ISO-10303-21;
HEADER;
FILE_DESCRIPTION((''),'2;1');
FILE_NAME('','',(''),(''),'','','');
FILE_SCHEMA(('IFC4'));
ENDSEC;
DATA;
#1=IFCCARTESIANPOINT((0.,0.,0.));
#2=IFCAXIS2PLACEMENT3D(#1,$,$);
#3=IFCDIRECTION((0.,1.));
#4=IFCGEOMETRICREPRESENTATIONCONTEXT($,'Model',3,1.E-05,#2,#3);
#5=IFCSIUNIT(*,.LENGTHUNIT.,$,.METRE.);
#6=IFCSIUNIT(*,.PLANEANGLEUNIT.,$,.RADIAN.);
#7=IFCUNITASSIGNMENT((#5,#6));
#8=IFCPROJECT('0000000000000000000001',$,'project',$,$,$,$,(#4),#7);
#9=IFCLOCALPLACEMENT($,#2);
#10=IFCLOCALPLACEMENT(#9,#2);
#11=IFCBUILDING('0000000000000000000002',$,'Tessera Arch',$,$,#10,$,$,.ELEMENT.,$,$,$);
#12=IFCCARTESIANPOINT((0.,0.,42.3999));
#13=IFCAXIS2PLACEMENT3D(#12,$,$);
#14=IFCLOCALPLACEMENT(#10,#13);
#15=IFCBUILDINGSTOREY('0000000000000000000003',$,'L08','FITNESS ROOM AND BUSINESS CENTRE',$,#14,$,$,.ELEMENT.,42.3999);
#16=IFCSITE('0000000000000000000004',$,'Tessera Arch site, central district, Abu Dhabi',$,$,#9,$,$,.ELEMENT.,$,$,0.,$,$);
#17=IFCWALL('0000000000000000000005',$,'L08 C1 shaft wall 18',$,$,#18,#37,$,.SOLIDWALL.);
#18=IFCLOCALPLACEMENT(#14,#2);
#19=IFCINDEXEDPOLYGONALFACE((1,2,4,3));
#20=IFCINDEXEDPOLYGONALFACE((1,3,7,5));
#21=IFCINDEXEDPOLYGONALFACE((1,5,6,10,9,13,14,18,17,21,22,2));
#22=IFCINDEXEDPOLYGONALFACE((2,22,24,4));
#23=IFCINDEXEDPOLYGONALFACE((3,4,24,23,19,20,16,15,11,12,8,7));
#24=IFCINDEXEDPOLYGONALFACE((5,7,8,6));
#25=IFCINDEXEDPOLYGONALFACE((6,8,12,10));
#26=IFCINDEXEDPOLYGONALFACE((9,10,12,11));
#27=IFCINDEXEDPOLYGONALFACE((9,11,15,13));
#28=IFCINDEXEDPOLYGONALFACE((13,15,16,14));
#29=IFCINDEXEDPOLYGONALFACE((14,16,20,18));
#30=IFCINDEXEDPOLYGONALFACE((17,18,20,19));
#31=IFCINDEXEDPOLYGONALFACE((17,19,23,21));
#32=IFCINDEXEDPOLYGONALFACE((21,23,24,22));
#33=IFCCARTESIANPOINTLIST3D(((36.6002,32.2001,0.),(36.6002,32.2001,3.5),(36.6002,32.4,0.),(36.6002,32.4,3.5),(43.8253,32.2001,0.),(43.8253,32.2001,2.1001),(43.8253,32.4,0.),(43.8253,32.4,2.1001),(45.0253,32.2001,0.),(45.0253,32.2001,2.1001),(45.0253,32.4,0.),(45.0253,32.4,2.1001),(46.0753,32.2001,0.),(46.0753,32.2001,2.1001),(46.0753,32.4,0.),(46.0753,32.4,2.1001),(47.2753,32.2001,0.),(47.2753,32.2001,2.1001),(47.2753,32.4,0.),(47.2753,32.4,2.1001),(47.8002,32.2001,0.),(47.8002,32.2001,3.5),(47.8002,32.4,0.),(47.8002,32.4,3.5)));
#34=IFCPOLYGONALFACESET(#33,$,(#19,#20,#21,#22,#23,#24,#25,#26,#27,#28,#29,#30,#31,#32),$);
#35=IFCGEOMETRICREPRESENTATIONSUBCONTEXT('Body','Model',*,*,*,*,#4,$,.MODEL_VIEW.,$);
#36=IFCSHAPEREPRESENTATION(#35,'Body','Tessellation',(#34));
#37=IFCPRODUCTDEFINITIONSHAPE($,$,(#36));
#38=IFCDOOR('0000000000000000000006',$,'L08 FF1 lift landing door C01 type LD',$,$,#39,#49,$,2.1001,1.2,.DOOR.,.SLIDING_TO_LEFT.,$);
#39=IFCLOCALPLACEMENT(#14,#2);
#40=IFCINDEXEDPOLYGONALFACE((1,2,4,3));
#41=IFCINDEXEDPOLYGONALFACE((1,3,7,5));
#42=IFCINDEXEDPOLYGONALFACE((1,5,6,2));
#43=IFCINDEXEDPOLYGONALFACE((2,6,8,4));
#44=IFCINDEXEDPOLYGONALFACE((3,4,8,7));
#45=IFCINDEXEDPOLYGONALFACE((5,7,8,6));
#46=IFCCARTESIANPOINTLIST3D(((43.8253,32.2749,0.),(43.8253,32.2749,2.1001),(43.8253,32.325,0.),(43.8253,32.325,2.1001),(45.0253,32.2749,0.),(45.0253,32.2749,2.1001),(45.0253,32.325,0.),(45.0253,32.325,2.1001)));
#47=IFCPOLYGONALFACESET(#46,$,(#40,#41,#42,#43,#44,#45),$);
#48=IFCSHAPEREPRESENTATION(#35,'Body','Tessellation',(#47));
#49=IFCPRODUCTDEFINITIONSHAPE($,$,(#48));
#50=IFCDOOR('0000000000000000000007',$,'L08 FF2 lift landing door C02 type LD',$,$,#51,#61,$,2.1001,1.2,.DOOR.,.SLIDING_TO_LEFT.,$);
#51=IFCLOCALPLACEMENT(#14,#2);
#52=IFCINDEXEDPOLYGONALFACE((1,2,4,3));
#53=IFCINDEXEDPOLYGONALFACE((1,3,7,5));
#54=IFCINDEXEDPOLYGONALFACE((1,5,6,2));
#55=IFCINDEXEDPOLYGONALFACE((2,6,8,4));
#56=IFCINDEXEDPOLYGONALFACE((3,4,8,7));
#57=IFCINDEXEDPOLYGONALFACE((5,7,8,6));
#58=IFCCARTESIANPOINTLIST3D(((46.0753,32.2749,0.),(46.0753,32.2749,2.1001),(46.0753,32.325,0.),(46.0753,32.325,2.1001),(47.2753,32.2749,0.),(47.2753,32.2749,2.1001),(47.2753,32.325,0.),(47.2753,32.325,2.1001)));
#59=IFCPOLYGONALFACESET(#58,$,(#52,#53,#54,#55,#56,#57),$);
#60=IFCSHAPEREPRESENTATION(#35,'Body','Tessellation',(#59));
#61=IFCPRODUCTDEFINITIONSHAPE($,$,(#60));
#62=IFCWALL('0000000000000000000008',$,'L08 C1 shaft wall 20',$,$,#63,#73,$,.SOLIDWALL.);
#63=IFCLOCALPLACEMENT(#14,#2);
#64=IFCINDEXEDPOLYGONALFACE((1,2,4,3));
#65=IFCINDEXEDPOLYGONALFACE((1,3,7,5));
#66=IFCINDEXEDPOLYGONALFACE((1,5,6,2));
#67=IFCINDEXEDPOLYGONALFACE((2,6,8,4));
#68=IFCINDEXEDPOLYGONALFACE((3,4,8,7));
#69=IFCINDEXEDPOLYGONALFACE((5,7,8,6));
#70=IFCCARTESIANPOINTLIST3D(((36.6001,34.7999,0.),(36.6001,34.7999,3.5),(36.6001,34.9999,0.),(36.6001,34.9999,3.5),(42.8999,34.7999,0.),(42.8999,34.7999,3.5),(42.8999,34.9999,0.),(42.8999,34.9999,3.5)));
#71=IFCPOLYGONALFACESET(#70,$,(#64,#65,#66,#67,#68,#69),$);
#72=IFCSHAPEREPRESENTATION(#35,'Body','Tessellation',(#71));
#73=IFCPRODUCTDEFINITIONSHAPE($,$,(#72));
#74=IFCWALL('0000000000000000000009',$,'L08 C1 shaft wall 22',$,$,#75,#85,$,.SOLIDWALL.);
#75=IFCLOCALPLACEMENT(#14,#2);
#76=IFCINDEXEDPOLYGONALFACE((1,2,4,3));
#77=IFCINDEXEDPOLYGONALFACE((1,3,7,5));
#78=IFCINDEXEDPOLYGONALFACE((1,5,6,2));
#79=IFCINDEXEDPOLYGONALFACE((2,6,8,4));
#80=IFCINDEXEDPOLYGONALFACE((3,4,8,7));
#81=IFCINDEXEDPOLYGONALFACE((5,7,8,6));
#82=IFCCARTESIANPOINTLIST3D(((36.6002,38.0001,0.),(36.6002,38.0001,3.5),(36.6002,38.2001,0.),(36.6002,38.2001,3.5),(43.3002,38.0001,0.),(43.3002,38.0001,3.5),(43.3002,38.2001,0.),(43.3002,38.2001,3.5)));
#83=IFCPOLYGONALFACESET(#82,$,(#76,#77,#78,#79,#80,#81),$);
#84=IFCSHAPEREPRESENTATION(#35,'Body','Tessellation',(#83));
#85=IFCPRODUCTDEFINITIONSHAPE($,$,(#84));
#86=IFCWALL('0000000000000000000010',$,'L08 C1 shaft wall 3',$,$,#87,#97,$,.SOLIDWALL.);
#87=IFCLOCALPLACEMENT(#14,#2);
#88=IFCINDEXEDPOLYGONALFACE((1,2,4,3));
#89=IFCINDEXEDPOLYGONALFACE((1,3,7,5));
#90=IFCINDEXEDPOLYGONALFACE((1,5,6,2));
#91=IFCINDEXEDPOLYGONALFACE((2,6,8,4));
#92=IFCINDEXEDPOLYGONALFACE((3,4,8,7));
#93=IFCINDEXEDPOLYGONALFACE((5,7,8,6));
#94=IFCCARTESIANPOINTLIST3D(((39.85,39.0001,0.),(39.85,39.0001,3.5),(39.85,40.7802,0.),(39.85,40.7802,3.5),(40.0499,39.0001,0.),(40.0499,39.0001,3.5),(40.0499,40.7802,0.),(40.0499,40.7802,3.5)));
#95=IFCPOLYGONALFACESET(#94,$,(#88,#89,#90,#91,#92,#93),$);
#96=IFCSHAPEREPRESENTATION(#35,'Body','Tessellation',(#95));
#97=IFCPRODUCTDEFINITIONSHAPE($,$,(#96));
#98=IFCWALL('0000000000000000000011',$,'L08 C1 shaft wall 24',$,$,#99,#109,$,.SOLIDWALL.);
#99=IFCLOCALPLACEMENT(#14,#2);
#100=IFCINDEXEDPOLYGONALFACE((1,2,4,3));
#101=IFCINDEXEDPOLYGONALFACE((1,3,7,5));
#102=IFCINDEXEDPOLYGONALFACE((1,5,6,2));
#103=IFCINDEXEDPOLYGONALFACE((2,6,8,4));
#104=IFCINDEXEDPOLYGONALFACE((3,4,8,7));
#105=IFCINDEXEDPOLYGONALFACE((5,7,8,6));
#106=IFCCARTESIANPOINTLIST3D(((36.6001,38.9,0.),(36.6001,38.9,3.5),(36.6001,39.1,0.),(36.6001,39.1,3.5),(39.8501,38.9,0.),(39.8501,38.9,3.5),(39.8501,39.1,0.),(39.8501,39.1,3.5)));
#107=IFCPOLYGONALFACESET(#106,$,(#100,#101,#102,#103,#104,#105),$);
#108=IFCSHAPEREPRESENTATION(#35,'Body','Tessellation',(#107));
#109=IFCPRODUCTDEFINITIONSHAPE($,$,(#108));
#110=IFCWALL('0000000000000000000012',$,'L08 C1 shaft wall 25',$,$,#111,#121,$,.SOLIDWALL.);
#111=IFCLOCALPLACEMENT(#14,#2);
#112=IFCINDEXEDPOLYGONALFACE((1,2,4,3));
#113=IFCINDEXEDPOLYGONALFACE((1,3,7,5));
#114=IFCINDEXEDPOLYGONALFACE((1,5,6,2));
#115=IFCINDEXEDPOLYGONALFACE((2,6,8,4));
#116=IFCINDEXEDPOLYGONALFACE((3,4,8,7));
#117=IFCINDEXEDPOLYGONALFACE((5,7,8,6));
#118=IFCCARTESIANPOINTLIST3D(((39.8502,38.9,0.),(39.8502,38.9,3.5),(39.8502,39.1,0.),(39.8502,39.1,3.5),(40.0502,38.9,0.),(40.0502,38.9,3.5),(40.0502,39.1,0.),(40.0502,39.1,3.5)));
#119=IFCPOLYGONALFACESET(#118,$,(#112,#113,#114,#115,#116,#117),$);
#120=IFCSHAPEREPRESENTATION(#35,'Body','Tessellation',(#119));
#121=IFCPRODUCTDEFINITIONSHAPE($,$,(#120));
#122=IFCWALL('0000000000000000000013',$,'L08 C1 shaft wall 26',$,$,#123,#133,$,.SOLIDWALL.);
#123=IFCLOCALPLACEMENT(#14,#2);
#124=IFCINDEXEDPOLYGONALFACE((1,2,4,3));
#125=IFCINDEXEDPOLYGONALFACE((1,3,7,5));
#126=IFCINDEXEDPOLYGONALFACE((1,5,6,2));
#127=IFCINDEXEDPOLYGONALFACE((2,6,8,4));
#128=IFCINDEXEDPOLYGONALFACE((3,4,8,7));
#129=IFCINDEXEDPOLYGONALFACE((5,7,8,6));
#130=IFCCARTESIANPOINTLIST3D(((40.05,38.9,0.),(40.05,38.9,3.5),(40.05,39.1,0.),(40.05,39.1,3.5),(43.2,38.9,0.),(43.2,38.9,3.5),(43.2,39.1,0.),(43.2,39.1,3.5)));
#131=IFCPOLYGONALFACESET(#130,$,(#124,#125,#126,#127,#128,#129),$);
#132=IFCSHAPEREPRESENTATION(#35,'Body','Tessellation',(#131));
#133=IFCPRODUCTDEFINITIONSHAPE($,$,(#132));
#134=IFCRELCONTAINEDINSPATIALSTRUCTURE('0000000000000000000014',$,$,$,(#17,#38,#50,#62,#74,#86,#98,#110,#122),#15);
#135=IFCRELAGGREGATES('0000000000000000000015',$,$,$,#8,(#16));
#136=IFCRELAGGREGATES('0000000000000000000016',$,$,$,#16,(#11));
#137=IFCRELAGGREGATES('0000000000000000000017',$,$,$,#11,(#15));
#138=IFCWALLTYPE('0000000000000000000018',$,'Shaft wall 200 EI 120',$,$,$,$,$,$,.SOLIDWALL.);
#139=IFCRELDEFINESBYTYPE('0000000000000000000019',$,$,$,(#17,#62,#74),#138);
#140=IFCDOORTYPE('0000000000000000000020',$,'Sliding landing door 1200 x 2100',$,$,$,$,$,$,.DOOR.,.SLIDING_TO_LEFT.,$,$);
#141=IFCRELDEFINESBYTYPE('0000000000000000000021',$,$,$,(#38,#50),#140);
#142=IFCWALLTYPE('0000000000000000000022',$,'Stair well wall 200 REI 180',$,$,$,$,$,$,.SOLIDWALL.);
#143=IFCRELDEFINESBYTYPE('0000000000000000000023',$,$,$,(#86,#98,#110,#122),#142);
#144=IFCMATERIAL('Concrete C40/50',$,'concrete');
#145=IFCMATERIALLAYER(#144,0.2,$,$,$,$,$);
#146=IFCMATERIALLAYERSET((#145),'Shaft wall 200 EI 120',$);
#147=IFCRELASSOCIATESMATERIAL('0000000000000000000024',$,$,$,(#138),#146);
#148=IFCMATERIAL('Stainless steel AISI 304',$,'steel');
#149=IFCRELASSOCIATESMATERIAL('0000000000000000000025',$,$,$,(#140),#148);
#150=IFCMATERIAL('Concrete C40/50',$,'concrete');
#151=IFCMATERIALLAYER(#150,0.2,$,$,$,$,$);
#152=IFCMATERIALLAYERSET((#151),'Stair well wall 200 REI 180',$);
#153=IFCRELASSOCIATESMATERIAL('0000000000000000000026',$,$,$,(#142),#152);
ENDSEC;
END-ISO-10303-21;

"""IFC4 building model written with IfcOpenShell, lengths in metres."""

from ifc_helpers import new_model, si_unit, direction, frame, frame_2d, origin, place, context, subcontext, project, spatial, rectangle, extrude, material, layer, layer_set, type_object, element, fill, save


model = new_model("IFC4")

# Units and contexts
model_context = context("Model", 3, precision=1e-05, world=origin(), true_north=direction((0.0, 1.0)))
body_context = subcontext(model_context, "Body", "Model", "MODEL_VIEW")
ifc_project = project(units=[si_unit("LENGTHUNIT", "METRE"), si_unit("PLANEANGLEUNIT", "RADIAN")], contexts=[model_context])

# Site, building, storey
site_placement = place(None, origin())
site = spatial("IfcSite", under=ifc_project, at=site_placement, Name="Tessera Arch site, central district, Abu Dhabi", CompositionType="ELEMENT", RefElevation=0.0)
building_placement = place(site_placement, origin())
building = spatial("IfcBuilding", under=site, at=building_placement, Name="Tessera Arch", CompositionType="ELEMENT")
storey_placement = place(building_placement, frame((0.0, 0.0, 42.3999)))
storey = spatial("IfcBuildingStorey", under=building, at=storey_placement, Name="L08", Description="FITNESS ROOM AND BUSINESS CENTRE", CompositionType="ELEMENT", Elevation=42.3999)

# Shared definitions
ifc_material_1 = material(Name="Concrete C40/50", Category="concrete")
ifc_layer_1 = layer(ifc_material_1, 0.2)
ifc_layer_set_1 = layer_set([ifc_layer_1], Name="Shaft wall 200 EI 120")
wall_type_1 = type_object("IfcWallType", Name="Shaft wall 200 EI 120", PredefinedType="SOLIDWALL", material=ifc_layer_set_1)

# Wall, openings, doors
wall_1_placement = place(storey_placement, frame((36.6001, 32.3, 0.0), z_axis=(0.0, 0.0, 1.0), x_axis=(1.0, 0.0, 0.0)))
wall_1 = element("IfcWall", 1, at=wall_1_placement, inside=storey, type_object=wall_type_1, Name="L08 C1 shaft wall 18", PredefinedType="SOLIDWALL", context=body_context, shape_type="SweptSolid", body=[
    extrude(rectangle(XDim=11.2, YDim=0.2, at=frame_2d((5.6001, 0.0))), origin(), (0.0, 0.0, 1.0), 3.5),
])
opening_1_placement = place(wall_1_placement, frame((7.2251, 0.0, 0.0)))
opening_1 = element("IfcOpeningElement", 2, at=opening_1_placement, cuts=wall_1, PredefinedType="OPENING", context=body_context, shape_type="SweptSolid", body=[
    extrude(rectangle(XDim=1.2, YDim=2.1001, at=frame_2d((0.6001, 1.05))), frame((0.0, 0.1099, 0.0), z_axis=(0.0, -1.0, 0.0), x_axis=(1.0, 0.0, 0.0)), (0.0, 0.0, 1.0), 0.22),
])
opening_2_placement = place(wall_1_placement, frame((9.4751, 0.0, 0.0)))
opening_2 = element("IfcOpeningElement", 3, at=opening_2_placement, cuts=wall_1, PredefinedType="OPENING", context=body_context, shape_type="SweptSolid", body=[
    extrude(rectangle(XDim=1.2, YDim=2.1001, at=frame_2d((0.6001, 1.05))), frame((0.0, 0.1099, 0.0), z_axis=(0.0, -1.0, 0.0), x_axis=(1.0, 0.0, 0.0)), (0.0, 0.0, 1.0), 0.22),
])
ifc_material_2 = material(Name="Stainless steel AISI 304", Category="steel")
door_type_1 = type_object("IfcDoorType", Name="Sliding landing door 1200 x 2100", OperationType="SLIDING_TO_LEFT", PredefinedType="DOOR", material=ifc_material_2)
door_1_placement = place(opening_1_placement, origin())
door_1 = element("IfcDoor", 4, at=door_1_placement, inside=storey, type_object=door_type_1, Name="L08 FF1 lift landing door C01 type LD", OperationType="SLIDING_TO_LEFT", OverallHeight=2.1001, OverallWidth=1.2, PredefinedType="DOOR", context=body_context, shape_type="SweptSolid", body=[
    extrude(rectangle(XDim=1.2, YDim=2.1001, at=frame_2d((0.6001, 1.05))), frame((0.0, 0.0249, 0.0), z_axis=(0.0, -1.0, 0.0), x_axis=(1.0, 0.0, 0.0)), (0.0, 0.0, 1.0), 0.05),
])
fill(opening_1, door_1)
door_2_placement = place(opening_2_placement, origin())
door_2 = element("IfcDoor", 5, at=door_2_placement, inside=storey, type_object=door_type_1, Name="L08 FF2 lift landing door C02 type LD", OperationType="SLIDING_TO_LEFT", OverallHeight=2.1001, OverallWidth=1.2, PredefinedType="DOOR", context=body_context, shape_type="SweptSolid", body=[
    extrude(rectangle(XDim=1.2, YDim=2.1001, at=frame_2d((0.6001, 1.05))), frame((0.0, 0.0249, 0.0), z_axis=(0.0, -1.0, 0.0), x_axis=(1.0, 0.0, 0.0)), (0.0, 0.0, 1.0), 0.05),
])
fill(opening_2, door_2)

# Walls
wall_2_placement = place(storey_placement, frame((36.6001, 34.8999, 0.0), z_axis=(0.0, 0.0, 1.0), x_axis=(1.0, 0.0, 0.0)))
element("IfcWall", 6, at=wall_2_placement, inside=storey, type_object=wall_type_1, Name="L08 C1 shaft wall 20", PredefinedType="SOLIDWALL", context=body_context, shape_type="SweptSolid", body=[
    extrude(rectangle(XDim=6.2998, YDim=0.2, at=frame_2d((3.1499, 0.0))), origin(), (0.0, 0.0, 1.0), 3.5),
])
wall_3_placement = place(storey_placement, frame((36.6001, 38.1001, 0.0), z_axis=(0.0, 0.0, 1.0), x_axis=(1.0, 0.0, 0.0)))
element("IfcWall", 7, at=wall_3_placement, inside=storey, type_object=wall_type_1, Name="L08 C1 shaft wall 22", PredefinedType="SOLIDWALL", context=body_context, shape_type="SweptSolid", body=[
    extrude(rectangle(XDim=6.7, YDim=0.2, at=frame_2d((3.3501, 0.0))), origin(), (0.0, 0.0, 1.0), 3.5),
])
ifc_material_3 = material(Name="Concrete C40/50", Category="concrete")
ifc_layer_2 = layer(ifc_material_3, 0.2)
ifc_layer_set_2 = layer_set([ifc_layer_2], Name="Stair well wall 200 REI 180")
wall_type_2 = type_object("IfcWallType", Name="Stair well wall 200 REI 180", PredefinedType="SOLIDWALL", material=ifc_layer_set_2)
wall_4_placement = place(storey_placement, frame((39.95, 39.0, 0.0), z_axis=(0.0, 0.0, 1.0), x_axis=(0.0, 1.0, 0.0)))
element("IfcWall", 8, at=wall_4_placement, inside=storey, type_object=wall_type_2, Name="L08 C1 shaft wall 3", PredefinedType="SOLIDWALL", context=body_context, shape_type="SweptSolid", body=[
    extrude(rectangle(XDim=1.78, YDim=0.2, at=frame_2d((0.8901, 0.0))), origin(), (0.0, 0.0, 1.0), 3.5),
])
wall_5_placement = place(storey_placement, frame((36.6001, 39.0, 0.0), z_axis=(0.0, 0.0, 1.0), x_axis=(1.0, 0.0, 0.0)))
element("IfcWall", 9, at=wall_5_placement, inside=storey, type_object=wall_type_2, Name="L08 C1 shaft wall 24", PredefinedType="SOLIDWALL", context=body_context, shape_type="SweptSolid", body=[
    extrude(rectangle(XDim=3.25, YDim=0.2, at=frame_2d((1.625, 0.0))), origin(), (0.0, 0.0, 1.0), 3.5),
])
wall_6_placement = place(storey_placement, frame((39.8501, 39.0, 0.0), z_axis=(0.0, 0.0, 1.0), x_axis=(1.0, 0.0, 0.0)))
element("IfcWall", 10, at=wall_6_placement, inside=storey, type_object=wall_type_2, Name="L08 C1 shaft wall 25", PredefinedType="SOLIDWALL", context=body_context, shape_type="SweptSolid", body=[
    extrude(rectangle(XDim=0.2, YDim=0.2, at=frame_2d((0.1001, 0.0))), origin(), (0.0, 0.0, 1.0), 3.5),
])
wall_7_placement = place(storey_placement, frame((40.05, 39.0, 0.0), z_axis=(0.0, 0.0, 1.0), x_axis=(1.0, 0.0, 0.0)))
element("IfcWall", 11, at=wall_7_placement, inside=storey, type_object=wall_type_2, Name="L08 C1 shaft wall 26", PredefinedType="SOLIDWALL", context=body_context, shape_type="SweptSolid", body=[
    extrude(rectangle(XDim=3.1499, YDim=0.2, at=frame_2d((1.575, 0.0))), origin(), (0.0, 0.0, 1.0), 3.5),
])

save(model, "model.ifc")
